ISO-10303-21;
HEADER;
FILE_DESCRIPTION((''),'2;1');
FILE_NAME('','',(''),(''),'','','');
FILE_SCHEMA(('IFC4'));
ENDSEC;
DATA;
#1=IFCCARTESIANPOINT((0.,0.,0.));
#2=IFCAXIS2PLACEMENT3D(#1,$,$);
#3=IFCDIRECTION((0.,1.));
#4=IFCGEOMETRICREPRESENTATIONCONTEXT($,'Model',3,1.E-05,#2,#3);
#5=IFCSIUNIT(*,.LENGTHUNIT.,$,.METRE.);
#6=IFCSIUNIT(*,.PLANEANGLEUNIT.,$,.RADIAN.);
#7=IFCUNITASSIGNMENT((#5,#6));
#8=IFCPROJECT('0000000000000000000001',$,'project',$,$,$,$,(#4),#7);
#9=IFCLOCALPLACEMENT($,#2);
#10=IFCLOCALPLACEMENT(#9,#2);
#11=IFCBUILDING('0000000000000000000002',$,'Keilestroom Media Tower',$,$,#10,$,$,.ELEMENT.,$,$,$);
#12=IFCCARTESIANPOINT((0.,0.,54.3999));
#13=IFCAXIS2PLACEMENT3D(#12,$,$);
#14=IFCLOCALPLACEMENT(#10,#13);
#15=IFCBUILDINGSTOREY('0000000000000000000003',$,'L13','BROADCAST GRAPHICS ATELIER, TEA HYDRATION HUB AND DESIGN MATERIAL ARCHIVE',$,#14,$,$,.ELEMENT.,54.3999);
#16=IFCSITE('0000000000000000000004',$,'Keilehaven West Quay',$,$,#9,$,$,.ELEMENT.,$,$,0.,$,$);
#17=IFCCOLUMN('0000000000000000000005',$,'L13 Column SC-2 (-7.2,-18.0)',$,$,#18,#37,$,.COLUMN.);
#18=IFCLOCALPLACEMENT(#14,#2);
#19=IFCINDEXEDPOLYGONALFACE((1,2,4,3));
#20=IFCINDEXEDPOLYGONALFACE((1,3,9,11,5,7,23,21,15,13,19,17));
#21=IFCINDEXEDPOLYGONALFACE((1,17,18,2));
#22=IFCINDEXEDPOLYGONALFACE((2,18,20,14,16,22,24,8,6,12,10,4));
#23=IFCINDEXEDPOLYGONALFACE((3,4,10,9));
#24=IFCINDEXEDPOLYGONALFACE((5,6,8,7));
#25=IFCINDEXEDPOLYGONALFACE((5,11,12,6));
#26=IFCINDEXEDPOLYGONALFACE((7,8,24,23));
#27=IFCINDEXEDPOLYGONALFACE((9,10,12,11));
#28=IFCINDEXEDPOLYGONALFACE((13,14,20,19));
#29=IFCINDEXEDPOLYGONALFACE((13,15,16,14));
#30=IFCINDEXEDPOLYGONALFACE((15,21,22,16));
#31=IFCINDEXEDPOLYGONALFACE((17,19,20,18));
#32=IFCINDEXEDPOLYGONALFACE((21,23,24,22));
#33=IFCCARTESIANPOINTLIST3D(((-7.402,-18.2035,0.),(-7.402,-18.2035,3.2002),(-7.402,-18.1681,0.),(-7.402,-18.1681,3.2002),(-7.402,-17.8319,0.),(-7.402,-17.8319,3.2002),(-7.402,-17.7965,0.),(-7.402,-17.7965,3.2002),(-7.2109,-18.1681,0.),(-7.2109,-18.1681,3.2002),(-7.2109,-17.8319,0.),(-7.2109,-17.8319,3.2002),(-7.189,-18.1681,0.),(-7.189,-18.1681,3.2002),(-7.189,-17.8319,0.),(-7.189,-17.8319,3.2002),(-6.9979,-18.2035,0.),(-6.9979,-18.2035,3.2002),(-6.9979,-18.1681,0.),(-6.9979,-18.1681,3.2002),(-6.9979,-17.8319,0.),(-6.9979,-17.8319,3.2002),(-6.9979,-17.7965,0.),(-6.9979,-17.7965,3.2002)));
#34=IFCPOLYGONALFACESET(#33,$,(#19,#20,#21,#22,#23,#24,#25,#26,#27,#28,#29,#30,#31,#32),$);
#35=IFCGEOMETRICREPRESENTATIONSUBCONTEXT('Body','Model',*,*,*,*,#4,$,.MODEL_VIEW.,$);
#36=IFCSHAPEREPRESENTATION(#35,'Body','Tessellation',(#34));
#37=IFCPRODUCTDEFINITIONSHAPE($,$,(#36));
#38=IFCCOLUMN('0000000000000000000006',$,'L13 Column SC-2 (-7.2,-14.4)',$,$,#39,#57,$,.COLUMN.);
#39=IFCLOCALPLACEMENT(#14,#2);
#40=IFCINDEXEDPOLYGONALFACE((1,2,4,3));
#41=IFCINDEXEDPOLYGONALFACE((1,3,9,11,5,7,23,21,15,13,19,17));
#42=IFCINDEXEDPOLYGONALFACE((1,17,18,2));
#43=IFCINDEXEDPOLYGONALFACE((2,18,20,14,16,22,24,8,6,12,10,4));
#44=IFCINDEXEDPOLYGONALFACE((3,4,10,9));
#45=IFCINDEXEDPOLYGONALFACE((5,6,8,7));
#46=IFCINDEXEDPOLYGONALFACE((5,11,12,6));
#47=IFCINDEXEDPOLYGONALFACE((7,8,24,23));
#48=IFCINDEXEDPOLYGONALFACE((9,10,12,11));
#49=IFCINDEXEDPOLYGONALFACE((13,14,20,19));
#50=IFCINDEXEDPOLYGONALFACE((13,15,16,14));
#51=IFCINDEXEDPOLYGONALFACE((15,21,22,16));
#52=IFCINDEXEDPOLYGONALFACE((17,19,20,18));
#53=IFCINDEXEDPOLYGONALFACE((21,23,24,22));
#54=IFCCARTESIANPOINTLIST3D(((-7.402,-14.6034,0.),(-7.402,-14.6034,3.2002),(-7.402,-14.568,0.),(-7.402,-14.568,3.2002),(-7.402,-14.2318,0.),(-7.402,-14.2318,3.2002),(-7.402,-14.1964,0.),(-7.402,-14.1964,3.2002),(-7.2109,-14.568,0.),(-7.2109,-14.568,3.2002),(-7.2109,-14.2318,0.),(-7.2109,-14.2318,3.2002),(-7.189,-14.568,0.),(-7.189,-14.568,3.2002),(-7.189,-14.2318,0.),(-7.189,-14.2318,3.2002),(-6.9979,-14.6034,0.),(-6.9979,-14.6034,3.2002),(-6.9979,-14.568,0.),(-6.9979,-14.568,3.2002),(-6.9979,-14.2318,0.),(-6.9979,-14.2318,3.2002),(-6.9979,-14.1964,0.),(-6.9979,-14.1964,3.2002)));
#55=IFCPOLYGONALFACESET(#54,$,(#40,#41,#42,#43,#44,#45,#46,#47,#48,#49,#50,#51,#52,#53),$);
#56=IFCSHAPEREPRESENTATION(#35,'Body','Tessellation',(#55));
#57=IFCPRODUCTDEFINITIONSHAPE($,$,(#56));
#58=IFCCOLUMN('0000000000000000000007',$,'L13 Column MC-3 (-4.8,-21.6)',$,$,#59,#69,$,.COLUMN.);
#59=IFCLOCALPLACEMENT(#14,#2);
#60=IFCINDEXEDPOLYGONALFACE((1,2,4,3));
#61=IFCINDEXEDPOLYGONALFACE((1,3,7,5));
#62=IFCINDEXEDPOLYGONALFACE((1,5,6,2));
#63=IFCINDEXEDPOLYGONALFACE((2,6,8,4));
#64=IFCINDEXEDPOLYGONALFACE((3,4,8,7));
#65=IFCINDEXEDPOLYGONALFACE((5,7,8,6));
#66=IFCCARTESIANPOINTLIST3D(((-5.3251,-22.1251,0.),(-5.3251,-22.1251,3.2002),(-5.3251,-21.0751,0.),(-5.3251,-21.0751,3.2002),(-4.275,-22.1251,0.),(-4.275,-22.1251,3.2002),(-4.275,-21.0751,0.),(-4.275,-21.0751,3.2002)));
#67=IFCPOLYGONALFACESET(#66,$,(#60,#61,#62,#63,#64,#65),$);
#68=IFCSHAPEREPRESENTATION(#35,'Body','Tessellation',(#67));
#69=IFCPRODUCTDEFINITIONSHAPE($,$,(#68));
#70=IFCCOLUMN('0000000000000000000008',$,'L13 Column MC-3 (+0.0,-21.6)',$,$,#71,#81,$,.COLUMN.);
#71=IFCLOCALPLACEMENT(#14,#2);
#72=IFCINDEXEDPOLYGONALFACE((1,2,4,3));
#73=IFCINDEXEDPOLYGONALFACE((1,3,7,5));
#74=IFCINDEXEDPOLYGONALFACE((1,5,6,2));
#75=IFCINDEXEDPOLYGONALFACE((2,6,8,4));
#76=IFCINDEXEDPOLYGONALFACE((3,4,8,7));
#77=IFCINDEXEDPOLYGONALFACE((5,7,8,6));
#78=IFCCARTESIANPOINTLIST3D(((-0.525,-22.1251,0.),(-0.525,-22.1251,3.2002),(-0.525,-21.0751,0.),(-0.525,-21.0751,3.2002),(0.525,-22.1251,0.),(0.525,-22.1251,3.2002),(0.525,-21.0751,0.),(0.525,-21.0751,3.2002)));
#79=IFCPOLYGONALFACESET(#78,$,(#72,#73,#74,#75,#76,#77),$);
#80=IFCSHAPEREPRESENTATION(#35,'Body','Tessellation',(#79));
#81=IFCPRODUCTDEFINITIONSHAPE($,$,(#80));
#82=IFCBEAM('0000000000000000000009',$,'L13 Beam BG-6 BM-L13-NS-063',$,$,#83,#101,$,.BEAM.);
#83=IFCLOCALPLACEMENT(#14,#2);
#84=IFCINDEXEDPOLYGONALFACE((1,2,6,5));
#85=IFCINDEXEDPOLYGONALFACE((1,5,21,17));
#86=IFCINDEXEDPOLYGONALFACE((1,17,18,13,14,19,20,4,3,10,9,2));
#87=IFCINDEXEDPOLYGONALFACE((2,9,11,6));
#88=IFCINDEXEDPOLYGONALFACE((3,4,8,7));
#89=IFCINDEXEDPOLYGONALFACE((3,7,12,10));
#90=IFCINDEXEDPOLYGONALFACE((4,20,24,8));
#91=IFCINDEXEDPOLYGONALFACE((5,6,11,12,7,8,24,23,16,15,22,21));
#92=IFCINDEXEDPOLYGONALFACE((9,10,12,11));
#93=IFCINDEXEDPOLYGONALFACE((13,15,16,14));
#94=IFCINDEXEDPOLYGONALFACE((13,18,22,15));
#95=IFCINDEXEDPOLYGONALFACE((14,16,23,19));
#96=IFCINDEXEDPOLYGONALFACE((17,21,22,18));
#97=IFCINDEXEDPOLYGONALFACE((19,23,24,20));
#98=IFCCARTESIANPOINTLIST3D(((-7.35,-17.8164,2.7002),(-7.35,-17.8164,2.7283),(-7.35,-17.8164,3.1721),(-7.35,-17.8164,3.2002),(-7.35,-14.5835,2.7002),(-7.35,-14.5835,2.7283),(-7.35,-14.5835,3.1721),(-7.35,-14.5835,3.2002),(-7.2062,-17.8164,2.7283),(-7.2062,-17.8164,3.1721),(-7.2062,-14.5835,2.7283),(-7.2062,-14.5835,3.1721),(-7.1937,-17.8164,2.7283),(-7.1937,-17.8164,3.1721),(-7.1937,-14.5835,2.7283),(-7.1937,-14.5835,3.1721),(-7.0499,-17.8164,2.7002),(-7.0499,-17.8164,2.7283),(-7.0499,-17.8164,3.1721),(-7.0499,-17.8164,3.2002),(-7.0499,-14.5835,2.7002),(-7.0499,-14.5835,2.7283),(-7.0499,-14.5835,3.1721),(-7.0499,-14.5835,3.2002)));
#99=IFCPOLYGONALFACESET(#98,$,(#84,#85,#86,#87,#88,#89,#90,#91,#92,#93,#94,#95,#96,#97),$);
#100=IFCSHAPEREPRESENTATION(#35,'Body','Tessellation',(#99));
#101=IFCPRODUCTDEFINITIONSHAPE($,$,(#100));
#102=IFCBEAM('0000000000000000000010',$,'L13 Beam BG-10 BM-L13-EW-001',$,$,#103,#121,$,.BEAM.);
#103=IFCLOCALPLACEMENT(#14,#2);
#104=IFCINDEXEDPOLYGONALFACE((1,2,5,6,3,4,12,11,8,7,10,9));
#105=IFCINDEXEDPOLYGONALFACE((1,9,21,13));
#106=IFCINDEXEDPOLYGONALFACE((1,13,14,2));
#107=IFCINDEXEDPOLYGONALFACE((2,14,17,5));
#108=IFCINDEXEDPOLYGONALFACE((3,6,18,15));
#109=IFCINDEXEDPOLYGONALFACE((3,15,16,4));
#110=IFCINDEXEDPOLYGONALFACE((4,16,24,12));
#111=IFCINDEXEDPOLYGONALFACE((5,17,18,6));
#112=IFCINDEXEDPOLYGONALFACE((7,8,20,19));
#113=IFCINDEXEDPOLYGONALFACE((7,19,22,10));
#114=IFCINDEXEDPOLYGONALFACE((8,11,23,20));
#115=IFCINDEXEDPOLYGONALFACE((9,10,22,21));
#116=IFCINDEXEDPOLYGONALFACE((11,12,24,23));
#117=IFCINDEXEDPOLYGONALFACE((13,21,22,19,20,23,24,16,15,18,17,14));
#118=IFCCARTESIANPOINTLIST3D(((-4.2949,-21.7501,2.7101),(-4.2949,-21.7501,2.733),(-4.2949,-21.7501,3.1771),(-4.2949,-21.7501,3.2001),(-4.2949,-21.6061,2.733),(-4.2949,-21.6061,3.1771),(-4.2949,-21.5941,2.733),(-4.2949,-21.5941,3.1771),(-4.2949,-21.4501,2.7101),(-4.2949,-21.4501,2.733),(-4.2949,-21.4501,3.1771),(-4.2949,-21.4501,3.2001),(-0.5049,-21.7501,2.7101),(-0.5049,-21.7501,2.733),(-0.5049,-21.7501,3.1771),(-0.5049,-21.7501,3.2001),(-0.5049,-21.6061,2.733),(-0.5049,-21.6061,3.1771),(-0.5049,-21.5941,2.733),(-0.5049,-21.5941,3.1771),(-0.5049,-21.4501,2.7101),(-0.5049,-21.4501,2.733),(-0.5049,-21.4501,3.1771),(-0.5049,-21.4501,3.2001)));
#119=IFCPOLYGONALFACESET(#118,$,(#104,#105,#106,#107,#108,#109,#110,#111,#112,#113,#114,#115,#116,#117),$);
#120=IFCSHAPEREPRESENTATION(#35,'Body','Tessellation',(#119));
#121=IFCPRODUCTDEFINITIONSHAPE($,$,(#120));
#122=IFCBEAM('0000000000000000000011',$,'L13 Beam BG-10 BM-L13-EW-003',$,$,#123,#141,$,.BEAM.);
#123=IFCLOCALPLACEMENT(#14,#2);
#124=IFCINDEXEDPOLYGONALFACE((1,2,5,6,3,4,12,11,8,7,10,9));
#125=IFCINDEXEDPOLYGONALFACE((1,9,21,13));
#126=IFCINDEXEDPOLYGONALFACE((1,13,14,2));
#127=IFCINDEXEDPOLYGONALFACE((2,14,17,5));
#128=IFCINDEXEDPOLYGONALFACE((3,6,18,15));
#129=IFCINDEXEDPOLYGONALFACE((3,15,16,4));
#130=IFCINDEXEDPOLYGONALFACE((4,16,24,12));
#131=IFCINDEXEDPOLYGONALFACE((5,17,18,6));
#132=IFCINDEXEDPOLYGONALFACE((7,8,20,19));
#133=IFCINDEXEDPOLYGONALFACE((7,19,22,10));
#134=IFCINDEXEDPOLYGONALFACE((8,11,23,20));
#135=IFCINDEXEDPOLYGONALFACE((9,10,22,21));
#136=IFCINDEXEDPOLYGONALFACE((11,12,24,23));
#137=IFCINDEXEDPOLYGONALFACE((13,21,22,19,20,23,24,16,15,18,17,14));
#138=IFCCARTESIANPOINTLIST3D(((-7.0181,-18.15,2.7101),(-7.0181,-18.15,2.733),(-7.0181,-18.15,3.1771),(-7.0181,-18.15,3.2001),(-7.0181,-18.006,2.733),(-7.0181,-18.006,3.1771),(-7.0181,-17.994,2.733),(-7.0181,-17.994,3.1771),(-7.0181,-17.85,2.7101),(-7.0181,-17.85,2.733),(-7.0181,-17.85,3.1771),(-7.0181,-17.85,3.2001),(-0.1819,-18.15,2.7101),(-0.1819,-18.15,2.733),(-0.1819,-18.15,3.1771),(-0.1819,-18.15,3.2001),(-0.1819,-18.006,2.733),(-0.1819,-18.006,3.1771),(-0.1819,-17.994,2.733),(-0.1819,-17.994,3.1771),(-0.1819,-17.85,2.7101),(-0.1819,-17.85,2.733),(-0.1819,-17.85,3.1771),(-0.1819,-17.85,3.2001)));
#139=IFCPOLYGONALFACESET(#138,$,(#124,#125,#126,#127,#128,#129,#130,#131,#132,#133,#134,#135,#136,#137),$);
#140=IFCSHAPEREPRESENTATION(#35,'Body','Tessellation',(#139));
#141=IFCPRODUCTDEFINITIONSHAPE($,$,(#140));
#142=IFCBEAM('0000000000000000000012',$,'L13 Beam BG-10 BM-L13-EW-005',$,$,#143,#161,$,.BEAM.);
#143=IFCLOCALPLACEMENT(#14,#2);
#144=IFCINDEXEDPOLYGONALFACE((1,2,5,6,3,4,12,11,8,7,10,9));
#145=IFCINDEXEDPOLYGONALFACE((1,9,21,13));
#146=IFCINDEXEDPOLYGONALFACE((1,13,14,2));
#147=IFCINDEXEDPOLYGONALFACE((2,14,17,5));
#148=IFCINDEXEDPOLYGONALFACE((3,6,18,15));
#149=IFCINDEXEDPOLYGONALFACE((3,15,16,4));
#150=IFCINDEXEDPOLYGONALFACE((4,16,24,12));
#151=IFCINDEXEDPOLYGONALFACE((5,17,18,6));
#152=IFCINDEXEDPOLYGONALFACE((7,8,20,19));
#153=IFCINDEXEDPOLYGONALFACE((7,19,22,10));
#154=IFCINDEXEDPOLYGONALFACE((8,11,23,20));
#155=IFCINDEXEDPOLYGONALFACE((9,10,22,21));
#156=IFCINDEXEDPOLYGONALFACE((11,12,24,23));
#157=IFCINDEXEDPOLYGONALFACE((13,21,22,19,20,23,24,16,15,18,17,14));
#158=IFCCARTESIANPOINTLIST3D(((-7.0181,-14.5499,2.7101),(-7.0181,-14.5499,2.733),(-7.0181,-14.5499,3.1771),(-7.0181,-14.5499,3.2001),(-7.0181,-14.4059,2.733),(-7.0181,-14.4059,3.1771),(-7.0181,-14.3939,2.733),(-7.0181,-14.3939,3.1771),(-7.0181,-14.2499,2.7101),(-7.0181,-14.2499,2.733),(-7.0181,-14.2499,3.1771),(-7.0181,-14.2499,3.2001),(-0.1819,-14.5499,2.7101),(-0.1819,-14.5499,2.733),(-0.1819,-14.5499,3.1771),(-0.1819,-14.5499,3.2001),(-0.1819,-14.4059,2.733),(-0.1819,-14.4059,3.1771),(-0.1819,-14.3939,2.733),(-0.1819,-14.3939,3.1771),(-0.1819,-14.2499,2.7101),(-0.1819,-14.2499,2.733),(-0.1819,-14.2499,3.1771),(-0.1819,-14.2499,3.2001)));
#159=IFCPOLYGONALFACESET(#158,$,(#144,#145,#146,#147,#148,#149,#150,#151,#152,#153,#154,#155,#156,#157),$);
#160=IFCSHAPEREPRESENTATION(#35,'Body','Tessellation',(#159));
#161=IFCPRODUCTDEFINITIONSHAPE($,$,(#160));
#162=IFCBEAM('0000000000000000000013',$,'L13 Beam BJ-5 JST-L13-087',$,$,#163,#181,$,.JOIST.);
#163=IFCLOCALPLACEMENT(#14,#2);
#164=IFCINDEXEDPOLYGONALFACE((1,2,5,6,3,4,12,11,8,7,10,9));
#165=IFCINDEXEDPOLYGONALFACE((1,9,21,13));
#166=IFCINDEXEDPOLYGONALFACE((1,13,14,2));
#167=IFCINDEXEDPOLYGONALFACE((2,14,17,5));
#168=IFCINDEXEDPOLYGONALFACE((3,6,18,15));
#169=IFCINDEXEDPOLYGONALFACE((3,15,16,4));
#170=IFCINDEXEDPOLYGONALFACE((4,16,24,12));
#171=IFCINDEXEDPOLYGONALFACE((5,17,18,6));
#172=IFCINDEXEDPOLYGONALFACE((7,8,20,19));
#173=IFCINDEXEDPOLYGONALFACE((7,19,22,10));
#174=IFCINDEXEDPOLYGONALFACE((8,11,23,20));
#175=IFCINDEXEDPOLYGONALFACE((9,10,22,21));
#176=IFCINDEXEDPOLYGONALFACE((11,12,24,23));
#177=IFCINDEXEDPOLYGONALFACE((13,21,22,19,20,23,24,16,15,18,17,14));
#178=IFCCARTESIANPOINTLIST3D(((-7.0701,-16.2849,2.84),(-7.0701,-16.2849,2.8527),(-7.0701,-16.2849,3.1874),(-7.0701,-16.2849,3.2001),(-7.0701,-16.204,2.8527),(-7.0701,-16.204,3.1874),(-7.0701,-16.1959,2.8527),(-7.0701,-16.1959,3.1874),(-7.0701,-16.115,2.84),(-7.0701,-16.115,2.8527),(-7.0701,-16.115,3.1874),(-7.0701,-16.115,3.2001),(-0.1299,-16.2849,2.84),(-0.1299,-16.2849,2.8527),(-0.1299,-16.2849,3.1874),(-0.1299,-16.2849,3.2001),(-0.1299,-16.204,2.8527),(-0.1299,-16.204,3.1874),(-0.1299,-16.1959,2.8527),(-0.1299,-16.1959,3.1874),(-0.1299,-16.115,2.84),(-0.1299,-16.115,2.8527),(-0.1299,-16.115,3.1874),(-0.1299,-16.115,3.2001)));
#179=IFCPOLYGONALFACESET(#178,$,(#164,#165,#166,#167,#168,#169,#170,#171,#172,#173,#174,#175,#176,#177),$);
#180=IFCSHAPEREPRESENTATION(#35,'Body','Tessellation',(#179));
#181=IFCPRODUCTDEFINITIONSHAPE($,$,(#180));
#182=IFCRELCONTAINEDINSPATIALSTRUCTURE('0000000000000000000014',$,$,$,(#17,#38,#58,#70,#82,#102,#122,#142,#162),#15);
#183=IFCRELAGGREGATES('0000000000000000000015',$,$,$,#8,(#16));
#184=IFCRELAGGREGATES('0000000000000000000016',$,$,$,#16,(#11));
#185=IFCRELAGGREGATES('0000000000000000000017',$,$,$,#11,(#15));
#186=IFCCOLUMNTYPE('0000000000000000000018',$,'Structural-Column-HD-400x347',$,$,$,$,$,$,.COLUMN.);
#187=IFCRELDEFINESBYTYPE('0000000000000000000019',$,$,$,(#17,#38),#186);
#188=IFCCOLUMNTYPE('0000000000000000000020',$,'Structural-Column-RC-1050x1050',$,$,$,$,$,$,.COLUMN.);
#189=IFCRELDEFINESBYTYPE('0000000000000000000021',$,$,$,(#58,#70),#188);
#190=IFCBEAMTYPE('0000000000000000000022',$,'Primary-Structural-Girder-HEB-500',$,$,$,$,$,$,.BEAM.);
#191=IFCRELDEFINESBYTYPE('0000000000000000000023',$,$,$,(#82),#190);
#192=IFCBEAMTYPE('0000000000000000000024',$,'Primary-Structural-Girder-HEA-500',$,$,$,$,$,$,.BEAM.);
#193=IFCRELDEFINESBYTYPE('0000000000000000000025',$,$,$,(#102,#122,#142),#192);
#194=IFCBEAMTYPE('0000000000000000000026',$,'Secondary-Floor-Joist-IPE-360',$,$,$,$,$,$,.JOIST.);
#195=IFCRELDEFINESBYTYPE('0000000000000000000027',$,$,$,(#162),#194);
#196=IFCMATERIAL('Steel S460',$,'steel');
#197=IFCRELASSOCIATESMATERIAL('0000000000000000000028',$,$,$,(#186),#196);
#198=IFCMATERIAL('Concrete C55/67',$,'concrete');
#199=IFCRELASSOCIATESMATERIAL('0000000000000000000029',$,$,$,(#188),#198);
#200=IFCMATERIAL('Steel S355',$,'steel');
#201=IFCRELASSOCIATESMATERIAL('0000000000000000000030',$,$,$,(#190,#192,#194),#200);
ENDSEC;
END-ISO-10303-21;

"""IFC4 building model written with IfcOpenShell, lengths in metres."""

from ifc_helpers import new_model, si_unit, direction, frame, origin, origin_2d, place, context, subcontext, project, spatial, rectangle, i_section, extrude, source, transform, mapped, material, material_profile, profile_set, type_object, element, save


model = new_model("IFC4")

# Units and contexts
model_context = context("Model", 3, precision=1e-05, world=origin(), true_north=direction((0.0, 1.0)))
body_context = subcontext(model_context, "Body", "Model", "MODEL_VIEW")
ifc_project = project(units=[si_unit("LENGTHUNIT", "METRE"), si_unit("PLANEANGLEUNIT", "RADIAN")], contexts=[model_context])

# Site, building, storey
site_placement = place(None, origin())
site = spatial("IfcSite", under=ifc_project, at=site_placement, Name="Keilehaven West Quay", CompositionType="ELEMENT", RefElevation=0.0)
building_placement = place(site_placement, origin())
building = spatial("IfcBuilding", under=site, at=building_placement, Name="Keilestroom Media Tower", CompositionType="ELEMENT")
storey_placement = place(building_placement, frame((0.0, 0.0, 54.3999)))
storey = spatial("IfcBuildingStorey", under=building, at=storey_placement, Name="L13", Description="BROADCAST GRAPHICS ATELIER, TEA HYDRATION HUB AND DESIGN MATERIAL ARCHIVE", CompositionType="ELEMENT", Elevation=54.3999)

# Columns
ifc_material_1 = material(Name="Steel S460", Category="steel")
ifc_material_profile_1 = material_profile(ifc_material_1, i_section(OverallWidth=0.4041, OverallDepth=0.407, WebThickness=0.022, FlangeThickness=0.0354, at=origin_2d()), Name="HD 400x347")
ifc_profile_set_1 = profile_set([ifc_material_profile_1], Name="Steel S460")
column_type_1 = type_object("IfcColumnType", Name="Structural-Column-HD-400x347", PredefinedType="COLUMN", material=ifc_profile_set_1)
shared_shape_1 = source(origin(), body_context, "Body", "SweptSolid", [
    extrude(i_section(OverallWidth=0.4041, OverallDepth=0.407, WebThickness=0.022, FlangeThickness=0.0354, at=origin_2d()), origin(), (0.0, 0.0, 1.0), 3.2002),
])
for number, where, z_axis, x_axis, name in (
    (1, (-7.2, -18.0, 0.0), (0.0, 0.0, 1.0), (1.0, 0.0, 0.0), "L13 Column SC-2 (-7.2,-18.0)"),
    (2, (-7.2, -14.3999, 0.0), (0.0, 0.0, 1.0), (1.0, 0.0, 0.0), "L13 Column SC-2 (-7.2,-14.4)"),
):
    element("IfcColumn", number, at=place(storey_placement, frame(where, z_axis=z_axis, x_axis=x_axis)), inside=storey, type_object=column_type_1, Name=name, PredefinedType="COLUMN", context=body_context, shape_type="MappedRepresentation", body=[
        mapped(shared_shape_1, transform((0.0, 0.0, 0.0), x_axis=(1.0, 0.0, 0.0), y_axis=(0.0, 1.0, 0.0), z_axis=(0.0, 0.0, 1.0), scale=1.0)),
    ])
ifc_material_2 = material(Name="Concrete C55/67", Category="concrete")
ifc_material_profile_2 = material_profile(ifc_material_2, rectangle(XDim=1.05, YDim=1.05, at=origin_2d()), Name="RC 1050x1050")
ifc_profile_set_2 = profile_set([ifc_material_profile_2], Name="Concrete C55/67")
column_type_2 = type_object("IfcColumnType", Name="Structural-Column-RC-1050x1050", PredefinedType="COLUMN", material=ifc_profile_set_2)
shared_shape_2 = source(origin(), body_context, "Body", "SweptSolid", [
    extrude(rectangle(XDim=1.05, YDim=1.05, at=origin_2d()), origin(), (0.0, 0.0, 1.0), 3.2002),
])
for number, where, z_axis, x_axis, name in (
    (3, (-4.8, -21.6001, 0.0), (0.0, 0.0, 1.0), (1.0, 0.0, 0.0), "L13 Column MC-3 (-4.8,-21.6)"),
    (4, (0.0, -21.6001, 0.0), (0.0, 0.0, 1.0), (1.0, 0.0, 0.0), "L13 Column MC-3 (+0.0,-21.6)"),
):
    element("IfcColumn", number, at=place(storey_placement, frame(where, z_axis=z_axis, x_axis=x_axis)), inside=storey, type_object=column_type_2, Name=name, PredefinedType="COLUMN", context=body_context, shape_type="MappedRepresentation", body=[
        mapped(shared_shape_2, transform((0.0, 0.0, 0.0), x_axis=(1.0, 0.0, 0.0), y_axis=(0.0, 1.0, 0.0), z_axis=(0.0, 0.0, 1.0), scale=1.0)),
    ])

# Beams
ifc_material_3 = material(Name="Steel S355", Category="steel")
ifc_material_profile_3 = material_profile(ifc_material_3, i_section(OverallWidth=0.3, OverallDepth=0.5, WebThickness=0.0125, FlangeThickness=0.0281, at=origin_2d()), Name="HEB 500")
ifc_profile_set_3 = profile_set([ifc_material_profile_3], Name="Steel S355")
beam_type_1 = type_object("IfcBeamType", Name="Primary-Structural-Girder-HEB-500", PredefinedType="BEAM", material=ifc_profile_set_3)
shared_shape_3 = source(origin(), body_context, "Body", "SweptSolid", [
    extrude(i_section(OverallWidth=0.3, OverallDepth=0.5, WebThickness=0.0125, FlangeThickness=0.0281, at=origin_2d()), origin(), (0.0, 0.0, 1.0), 3.2329),
])
beam_1_placement = place(storey_placement, frame((-7.2, -17.8164, 2.9502), z_axis=(0.0, 1.0, 0.0), x_axis=(-1.0, 0.0, 0.0)))
element("IfcBeam", 5, at=beam_1_placement, inside=storey, type_object=beam_type_1, Name="L13 Beam BG-6 BM-L13-NS-063", PredefinedType="BEAM", context=body_context, shape_type="MappedRepresentation", body=[
    mapped(shared_shape_3, transform((0.0, 0.0, 0.0), x_axis=(1.0, 0.0, 0.0), y_axis=(0.0, 1.0, 0.0), z_axis=(0.0, 0.0, 1.0), scale=1.0)),
])
ifc_material_profile_4 = material_profile(ifc_material_3, i_section(OverallWidth=0.3, OverallDepth=0.49, WebThickness=0.012, FlangeThickness=0.0229, at=origin_2d()), Name="HEA 500")
ifc_profile_set_4 = profile_set([ifc_material_profile_4], Name="Steel S355")
beam_type_2 = type_object("IfcBeamType", Name="Primary-Structural-Girder-HEA-500", PredefinedType="BEAM", material=ifc_profile_set_4)
shared_shape_4 = source(origin(), body_context, "Body", "SweptSolid", [
    extrude(i_section(OverallWidth=0.3, OverallDepth=0.49, WebThickness=0.012, FlangeThickness=0.0229, at=origin_2d()), origin(), (0.0, 0.0, 1.0), 3.79),
])
beam_2_placement = place(storey_placement, frame((-4.2949, -21.6001, 2.9551), z_axis=(1.0, 0.0, 0.0), x_axis=(0.0, 1.0, 0.0)))
element("IfcBeam", 6, at=beam_2_placement, inside=storey, type_object=beam_type_2, Name="L13 Beam BG-10 BM-L13-EW-001", PredefinedType="BEAM", context=body_context, shape_type="MappedRepresentation", body=[
    mapped(shared_shape_4, transform((0.0, 0.0, 0.0), x_axis=(1.0, 0.0, 0.0), y_axis=(0.0, 1.0, 0.0), z_axis=(0.0, 0.0, 1.0), scale=1.0)),
])
shared_shape_5 = source(origin(), body_context, "Body", "SweptSolid", [
    extrude(i_section(OverallWidth=0.3, OverallDepth=0.49, WebThickness=0.012, FlangeThickness=0.0229, at=origin_2d()), origin(), (0.0, 0.0, 1.0), 6.8362),
])
for number, where, z_axis, x_axis, name in (
    (7, (-7.0181, -18.0, 2.9551), (1.0, 0.0, 0.0), (0.0, 1.0, 0.0), "L13 Beam BG-10 BM-L13-EW-003"),
    (8, (-7.0181, -14.3999, 2.9551), (1.0, 0.0, 0.0), (0.0, 1.0, 0.0), "L13 Beam BG-10 BM-L13-EW-005"),
):
    element("IfcBeam", number, at=place(storey_placement, frame(where, z_axis=z_axis, x_axis=x_axis)), inside=storey, type_object=beam_type_2, Name=name, PredefinedType="BEAM", context=body_context, shape_type="MappedRepresentation", body=[
        mapped(shared_shape_5, transform((0.0, 0.0, 0.0), x_axis=(1.0, 0.0, 0.0), y_axis=(0.0, 1.0, 0.0), z_axis=(0.0, 0.0, 1.0), scale=1.0)),
    ])
ifc_material_profile_5 = material_profile(ifc_material_3, i_section(OverallWidth=0.1699, OverallDepth=0.3601, WebThickness=0.0081, FlangeThickness=0.0127, at=origin_2d()), Name="IPE 360")
ifc_profile_set_5 = profile_set([ifc_material_profile_5], Name="Steel S355")
beam_type_3 = type_object("IfcBeamType", Name="Secondary-Floor-Joist-IPE-360", PredefinedType="JOIST", material=ifc_profile_set_5)
shared_shape_6 = source(origin(), body_context, "Body", "SweptSolid", [
    extrude(i_section(OverallWidth=0.1699, OverallDepth=0.3601, WebThickness=0.0081, FlangeThickness=0.0127, at=origin_2d()), origin(), (0.0, 0.0, 1.0), 6.9402),
])
beam_3_placement = place(storey_placement, frame((-7.0701, -16.2, 3.02), z_axis=(1.0, 0.0, 0.0), x_axis=(0.0, 1.0, 0.0)))
element("IfcBeam", 9, at=beam_3_placement, inside=storey, type_object=beam_type_3, Name="L13 Beam BJ-5 JST-L13-087", PredefinedType="JOIST", context=body_context, shape_type="MappedRepresentation", body=[
    mapped(shared_shape_6, transform((0.0, 0.0, 0.0), x_axis=(1.0, 0.0, 0.0), y_axis=(0.0, 1.0, 0.0), z_axis=(0.0, 0.0, 1.0), scale=1.0)),
])

save(model, "model.ifc")
